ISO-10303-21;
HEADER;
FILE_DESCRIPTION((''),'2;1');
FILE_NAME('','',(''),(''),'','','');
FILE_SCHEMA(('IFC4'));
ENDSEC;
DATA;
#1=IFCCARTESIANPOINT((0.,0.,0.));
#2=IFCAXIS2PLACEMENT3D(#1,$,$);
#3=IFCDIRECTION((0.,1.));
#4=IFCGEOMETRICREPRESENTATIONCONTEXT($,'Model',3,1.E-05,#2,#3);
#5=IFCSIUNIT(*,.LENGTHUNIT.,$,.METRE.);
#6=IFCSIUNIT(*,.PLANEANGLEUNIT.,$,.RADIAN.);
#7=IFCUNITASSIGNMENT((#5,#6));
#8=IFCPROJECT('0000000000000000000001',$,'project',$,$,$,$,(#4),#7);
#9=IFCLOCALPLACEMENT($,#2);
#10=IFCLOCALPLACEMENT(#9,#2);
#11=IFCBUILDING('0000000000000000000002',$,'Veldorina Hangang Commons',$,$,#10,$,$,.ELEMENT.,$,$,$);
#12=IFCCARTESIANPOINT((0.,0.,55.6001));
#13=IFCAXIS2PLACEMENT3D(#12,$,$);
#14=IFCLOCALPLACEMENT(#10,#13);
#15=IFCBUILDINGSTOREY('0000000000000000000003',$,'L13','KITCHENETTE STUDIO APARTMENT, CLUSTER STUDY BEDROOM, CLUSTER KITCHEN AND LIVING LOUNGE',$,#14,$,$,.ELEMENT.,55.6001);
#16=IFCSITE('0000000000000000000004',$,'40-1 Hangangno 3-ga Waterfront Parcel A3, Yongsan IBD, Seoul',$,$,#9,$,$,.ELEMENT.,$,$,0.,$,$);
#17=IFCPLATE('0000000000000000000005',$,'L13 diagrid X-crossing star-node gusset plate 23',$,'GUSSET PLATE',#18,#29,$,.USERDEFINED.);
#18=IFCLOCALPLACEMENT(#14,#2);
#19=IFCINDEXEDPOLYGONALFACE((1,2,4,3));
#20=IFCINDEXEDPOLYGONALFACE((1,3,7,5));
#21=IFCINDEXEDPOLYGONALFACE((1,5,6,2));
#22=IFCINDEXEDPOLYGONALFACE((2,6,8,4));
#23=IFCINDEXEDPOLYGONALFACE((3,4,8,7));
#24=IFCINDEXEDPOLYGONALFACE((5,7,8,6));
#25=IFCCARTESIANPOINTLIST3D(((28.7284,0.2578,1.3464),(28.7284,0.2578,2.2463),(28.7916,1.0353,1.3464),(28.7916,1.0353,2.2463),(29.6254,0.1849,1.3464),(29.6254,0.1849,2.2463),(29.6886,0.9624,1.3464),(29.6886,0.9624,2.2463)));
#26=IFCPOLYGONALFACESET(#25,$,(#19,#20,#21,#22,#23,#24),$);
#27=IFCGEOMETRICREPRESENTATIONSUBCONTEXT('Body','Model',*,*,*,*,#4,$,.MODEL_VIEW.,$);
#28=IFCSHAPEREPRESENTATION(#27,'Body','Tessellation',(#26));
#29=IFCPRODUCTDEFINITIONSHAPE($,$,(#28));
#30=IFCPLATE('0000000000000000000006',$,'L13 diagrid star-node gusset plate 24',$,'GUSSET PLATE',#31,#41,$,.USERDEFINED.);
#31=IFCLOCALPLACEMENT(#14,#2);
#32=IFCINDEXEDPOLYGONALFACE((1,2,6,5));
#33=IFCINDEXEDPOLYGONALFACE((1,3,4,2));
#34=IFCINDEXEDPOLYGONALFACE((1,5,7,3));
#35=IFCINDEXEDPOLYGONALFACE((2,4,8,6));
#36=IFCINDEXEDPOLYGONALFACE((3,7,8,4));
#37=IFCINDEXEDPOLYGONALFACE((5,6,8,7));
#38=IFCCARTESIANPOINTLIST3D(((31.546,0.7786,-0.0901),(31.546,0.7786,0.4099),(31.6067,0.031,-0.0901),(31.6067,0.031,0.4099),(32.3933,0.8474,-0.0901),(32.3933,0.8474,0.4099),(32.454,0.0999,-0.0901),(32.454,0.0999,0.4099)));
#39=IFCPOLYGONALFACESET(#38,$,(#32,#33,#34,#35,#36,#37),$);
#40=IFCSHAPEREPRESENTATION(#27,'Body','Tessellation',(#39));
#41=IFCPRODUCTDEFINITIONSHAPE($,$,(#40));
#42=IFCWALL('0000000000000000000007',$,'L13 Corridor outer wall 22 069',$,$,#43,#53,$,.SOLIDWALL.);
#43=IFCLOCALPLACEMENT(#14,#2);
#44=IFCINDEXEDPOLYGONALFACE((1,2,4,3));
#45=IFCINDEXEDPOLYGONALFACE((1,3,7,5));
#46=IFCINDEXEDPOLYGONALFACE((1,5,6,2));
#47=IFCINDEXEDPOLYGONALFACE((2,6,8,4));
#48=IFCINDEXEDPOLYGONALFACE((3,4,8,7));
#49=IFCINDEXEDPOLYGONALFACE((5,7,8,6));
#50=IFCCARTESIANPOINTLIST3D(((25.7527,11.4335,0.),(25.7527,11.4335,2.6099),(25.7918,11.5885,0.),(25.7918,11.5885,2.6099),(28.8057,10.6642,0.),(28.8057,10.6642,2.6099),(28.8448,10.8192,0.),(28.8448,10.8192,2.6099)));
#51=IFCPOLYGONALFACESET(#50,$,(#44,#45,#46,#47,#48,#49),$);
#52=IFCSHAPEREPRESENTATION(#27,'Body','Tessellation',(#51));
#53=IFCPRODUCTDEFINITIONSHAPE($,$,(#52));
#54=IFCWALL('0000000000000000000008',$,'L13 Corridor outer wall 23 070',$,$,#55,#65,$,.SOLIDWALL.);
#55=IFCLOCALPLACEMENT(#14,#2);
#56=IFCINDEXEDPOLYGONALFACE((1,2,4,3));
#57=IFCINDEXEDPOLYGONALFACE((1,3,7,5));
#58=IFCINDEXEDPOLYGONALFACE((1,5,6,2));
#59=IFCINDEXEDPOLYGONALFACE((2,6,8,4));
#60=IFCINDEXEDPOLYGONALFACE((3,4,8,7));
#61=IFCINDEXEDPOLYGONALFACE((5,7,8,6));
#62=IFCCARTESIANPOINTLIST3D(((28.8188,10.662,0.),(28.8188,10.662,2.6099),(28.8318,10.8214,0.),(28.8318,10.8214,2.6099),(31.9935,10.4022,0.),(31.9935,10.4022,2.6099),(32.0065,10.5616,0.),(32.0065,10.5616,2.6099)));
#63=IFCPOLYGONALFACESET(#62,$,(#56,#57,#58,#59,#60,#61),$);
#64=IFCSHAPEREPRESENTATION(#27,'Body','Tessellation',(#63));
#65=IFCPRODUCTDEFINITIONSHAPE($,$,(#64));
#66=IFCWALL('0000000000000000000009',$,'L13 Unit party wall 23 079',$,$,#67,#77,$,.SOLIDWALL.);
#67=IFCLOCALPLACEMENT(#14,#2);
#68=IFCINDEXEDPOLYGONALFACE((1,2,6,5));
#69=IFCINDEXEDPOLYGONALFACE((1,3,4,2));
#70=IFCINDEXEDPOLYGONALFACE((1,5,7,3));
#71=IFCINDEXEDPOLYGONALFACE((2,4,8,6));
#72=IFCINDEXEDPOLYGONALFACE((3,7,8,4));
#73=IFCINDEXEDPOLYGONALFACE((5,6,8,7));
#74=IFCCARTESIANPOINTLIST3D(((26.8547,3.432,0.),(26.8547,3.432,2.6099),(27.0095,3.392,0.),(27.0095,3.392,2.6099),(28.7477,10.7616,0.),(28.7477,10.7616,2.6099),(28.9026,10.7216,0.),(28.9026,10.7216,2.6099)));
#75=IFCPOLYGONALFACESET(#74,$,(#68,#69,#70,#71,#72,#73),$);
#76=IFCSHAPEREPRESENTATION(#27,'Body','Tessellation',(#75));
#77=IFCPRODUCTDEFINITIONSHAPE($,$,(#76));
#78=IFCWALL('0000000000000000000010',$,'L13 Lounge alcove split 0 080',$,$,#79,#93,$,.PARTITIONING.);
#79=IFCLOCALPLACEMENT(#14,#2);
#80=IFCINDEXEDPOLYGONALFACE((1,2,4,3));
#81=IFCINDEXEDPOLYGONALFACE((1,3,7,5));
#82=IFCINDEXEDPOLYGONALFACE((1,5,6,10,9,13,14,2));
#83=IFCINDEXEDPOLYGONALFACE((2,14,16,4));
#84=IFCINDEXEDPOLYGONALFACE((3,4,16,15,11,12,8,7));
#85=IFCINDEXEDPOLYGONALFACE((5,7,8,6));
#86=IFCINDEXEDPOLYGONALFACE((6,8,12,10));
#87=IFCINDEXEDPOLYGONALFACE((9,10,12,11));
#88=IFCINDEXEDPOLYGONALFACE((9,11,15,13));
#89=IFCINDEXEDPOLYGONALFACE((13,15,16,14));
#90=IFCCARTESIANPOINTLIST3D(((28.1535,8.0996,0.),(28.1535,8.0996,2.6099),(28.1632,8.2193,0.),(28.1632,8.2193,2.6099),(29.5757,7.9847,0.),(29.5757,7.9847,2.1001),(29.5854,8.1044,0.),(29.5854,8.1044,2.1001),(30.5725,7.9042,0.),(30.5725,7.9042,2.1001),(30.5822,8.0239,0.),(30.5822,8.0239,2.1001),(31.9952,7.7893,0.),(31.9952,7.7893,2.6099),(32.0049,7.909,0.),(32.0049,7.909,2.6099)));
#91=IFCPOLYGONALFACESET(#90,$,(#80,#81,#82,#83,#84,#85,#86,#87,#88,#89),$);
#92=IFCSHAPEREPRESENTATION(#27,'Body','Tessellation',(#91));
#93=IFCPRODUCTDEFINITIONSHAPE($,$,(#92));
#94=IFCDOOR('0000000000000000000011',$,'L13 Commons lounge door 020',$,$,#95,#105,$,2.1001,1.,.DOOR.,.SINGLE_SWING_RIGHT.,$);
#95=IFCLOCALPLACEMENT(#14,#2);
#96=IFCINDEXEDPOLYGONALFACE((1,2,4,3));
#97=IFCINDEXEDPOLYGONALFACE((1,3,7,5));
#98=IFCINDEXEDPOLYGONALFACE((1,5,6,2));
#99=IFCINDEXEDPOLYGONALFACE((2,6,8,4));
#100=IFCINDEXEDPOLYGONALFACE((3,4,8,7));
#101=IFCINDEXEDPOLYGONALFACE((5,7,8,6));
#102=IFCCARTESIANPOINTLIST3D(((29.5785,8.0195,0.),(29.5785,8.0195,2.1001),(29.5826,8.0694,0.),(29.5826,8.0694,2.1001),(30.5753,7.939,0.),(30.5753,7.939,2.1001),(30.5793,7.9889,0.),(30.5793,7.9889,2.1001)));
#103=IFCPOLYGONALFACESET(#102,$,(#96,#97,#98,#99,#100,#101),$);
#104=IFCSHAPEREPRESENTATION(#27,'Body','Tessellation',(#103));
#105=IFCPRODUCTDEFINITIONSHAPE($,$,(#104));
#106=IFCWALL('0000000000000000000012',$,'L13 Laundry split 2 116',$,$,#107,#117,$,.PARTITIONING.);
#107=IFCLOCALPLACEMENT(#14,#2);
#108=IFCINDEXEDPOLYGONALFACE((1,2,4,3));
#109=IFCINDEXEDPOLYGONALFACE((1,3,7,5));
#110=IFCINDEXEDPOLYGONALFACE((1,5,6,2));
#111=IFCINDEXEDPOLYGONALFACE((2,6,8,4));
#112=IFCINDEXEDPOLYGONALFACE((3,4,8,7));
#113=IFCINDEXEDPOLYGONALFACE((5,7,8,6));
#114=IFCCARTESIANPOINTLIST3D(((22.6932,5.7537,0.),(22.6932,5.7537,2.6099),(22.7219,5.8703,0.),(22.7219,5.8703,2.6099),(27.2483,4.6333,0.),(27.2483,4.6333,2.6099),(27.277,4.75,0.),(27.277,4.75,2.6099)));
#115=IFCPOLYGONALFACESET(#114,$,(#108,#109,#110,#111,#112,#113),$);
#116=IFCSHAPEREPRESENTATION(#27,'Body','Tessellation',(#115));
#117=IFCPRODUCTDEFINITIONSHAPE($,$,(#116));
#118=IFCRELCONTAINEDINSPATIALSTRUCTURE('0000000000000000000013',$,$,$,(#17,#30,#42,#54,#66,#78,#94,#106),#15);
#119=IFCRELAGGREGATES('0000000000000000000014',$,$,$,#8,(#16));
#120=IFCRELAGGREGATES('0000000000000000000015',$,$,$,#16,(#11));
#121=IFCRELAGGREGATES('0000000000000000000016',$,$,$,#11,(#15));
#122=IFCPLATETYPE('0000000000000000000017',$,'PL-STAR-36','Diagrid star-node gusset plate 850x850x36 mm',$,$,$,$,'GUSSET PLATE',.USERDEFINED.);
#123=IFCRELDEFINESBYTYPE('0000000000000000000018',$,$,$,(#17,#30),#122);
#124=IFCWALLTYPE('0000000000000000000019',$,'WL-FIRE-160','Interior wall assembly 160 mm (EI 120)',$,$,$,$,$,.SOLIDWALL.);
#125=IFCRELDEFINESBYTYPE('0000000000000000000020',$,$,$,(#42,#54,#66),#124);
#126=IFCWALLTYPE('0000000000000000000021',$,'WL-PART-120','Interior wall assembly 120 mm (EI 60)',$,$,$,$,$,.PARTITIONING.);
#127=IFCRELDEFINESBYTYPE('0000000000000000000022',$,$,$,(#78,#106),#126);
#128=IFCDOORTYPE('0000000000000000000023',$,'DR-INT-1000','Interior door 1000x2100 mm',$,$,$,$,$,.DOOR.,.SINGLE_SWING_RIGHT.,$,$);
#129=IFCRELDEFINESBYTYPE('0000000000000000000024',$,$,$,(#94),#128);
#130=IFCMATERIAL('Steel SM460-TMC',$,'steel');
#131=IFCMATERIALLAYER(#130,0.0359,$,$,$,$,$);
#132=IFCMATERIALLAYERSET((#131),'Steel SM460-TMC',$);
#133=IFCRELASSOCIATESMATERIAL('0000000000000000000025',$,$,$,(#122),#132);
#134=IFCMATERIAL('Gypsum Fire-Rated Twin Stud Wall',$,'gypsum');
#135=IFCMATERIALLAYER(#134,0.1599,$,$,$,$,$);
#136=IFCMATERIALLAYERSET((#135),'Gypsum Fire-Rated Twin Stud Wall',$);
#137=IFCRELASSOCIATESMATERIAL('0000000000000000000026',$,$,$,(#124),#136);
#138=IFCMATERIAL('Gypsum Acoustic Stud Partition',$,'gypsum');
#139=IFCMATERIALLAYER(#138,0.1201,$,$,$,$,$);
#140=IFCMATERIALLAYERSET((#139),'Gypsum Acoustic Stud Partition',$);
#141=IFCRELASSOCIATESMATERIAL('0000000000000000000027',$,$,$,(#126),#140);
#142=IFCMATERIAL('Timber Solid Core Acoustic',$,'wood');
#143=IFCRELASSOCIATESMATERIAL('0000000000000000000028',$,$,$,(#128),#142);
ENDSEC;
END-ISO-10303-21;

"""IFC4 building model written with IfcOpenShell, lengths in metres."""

from ifc_helpers import new_model, si_unit, direction, frame, frame_2d, origin, origin_2d, place, context, subcontext, project, spatial, rectangle, extrude, material, layer, layer_set, type_object, element, fill, save


model = new_model("IFC4")

# Units and contexts
model_context = context("Model", 3, precision=1e-05, world=origin(), true_north=direction((0.0, 1.0)))
body_context = subcontext(model_context, "Body", "Model", "MODEL_VIEW")
ifc_project = project(units=[si_unit("LENGTHUNIT", "METRE"), si_unit("PLANEANGLEUNIT", "RADIAN")], contexts=[model_context])

# Site, building, storey
site_placement = place(None, origin())
site = spatial("IfcSite", under=ifc_project, at=site_placement, Name="40-1 Hangangno 3-ga Waterfront Parcel A3, Yongsan IBD, Seoul", CompositionType="ELEMENT", RefElevation=0.0)
building_placement = place(site_placement, origin())
building = spatial("IfcBuilding", under=site, at=building_placement, Name="Veldorina Hangang Commons", CompositionType="ELEMENT")
storey_placement = place(building_placement, frame((0.0, 0.0, 55.6001)))
storey = spatial("IfcBuildingStorey", under=building, at=storey_placement, Name="L13", Description="KITCHENETTE STUDIO APARTMENT, CLUSTER STUDY BEDROOM, CLUSTER KITCHEN AND LIVING LOUNGE", CompositionType="ELEMENT", Elevation=55.6001)

# Shared definitions
ifc_material_1 = material(Name="Steel SM460-TMC", Category="steel")

# Plates
ifc_layer_1 = layer(ifc_material_1, 0.0359)
ifc_layer_set_1 = layer_set([ifc_layer_1], Name="Steel SM460-TMC")
plate_type_1 = type_object("IfcPlateType", Name="PL-STAR-36", Description="Diagrid star-node gusset plate 850x850x36 mm", ElementType="GUSSET PLATE", PredefinedType="USERDEFINED", material=ifc_layer_set_1)
plate_1_placement = place(storey_placement, frame((29.2085, 0.6101, 1.3464), z_axis=(0.0, 0.0, 1.0), x_axis=(0.996716, -0.080982, 0.0)))
element("IfcPlate", 1, at=plate_1_placement, inside=storey, type_object=plate_type_1, Name="L13 diagrid X-crossing star-node gusset plate 23", ObjectType="GUSSET PLATE", PredefinedType="USERDEFINED", context=body_context, shape_type="SweptSolid", body=[
    extrude(rectangle(XDim=0.8999, YDim=0.78, at=origin_2d()), origin(), (0.0, 0.0, 1.0), 0.8999),
])
plate_2_placement = place(storey_placement, frame((32.0, 0.4392, -0.0901), z_axis=(0.0, 0.0, 1.0), x_axis=(0.996716, 0.080982, 0.0)))
element("IfcPlate", 2, at=plate_2_placement, inside=storey, type_object=plate_type_1, Name="L13 diagrid star-node gusset plate 24", ObjectType="GUSSET PLATE", PredefinedType="USERDEFINED", context=body_context, shape_type="SweptSolid", body=[
    extrude(rectangle(XDim=0.8501, YDim=0.75, at=origin_2d()), origin(), (0.0, 0.0, 1.0), 0.5),
])

# Walls
ifc_material_2 = material(Name="Gypsum Fire-Rated Twin Stud Wall", Category="gypsum")
ifc_layer_2 = layer(ifc_material_2, 0.1599)
ifc_layer_set_2 = layer_set([ifc_layer_2], Name="Gypsum Fire-Rated Twin Stud Wall")
wall_type_1 = type_object("IfcWallType", Name="WL-FIRE-160", Description="Interior wall assembly 160 mm (EI 120)", PredefinedType="SOLIDWALL", material=ifc_layer_set_2)
wall_1_placement = place(storey_placement, frame((25.7722, 11.511, 0.0), z_axis=(0.0, 0.0, 1.0), x_axis=(0.969689, -0.244342, 0.0)))
element("IfcWall", 3, at=wall_1_placement, inside=storey, type_object=wall_type_1, Name="L13 Corridor outer wall 22 069", PredefinedType="SOLIDWALL", context=body_context, shape_type="SweptSolid", body=[
    extrude(rectangle(XDim=3.1484, YDim=0.1599, at=frame_2d((1.5742, 0.0))), origin(), (0.0, 0.0, 1.0), 2.6099),
])
wall_2_placement = place(storey_placement, frame((28.8252, 10.7417, 0.0), z_axis=(0.0, 0.0, 1.0), x_axis=(0.996669, -0.081548, 0.0)))
element("IfcWall", 4, at=wall_2_placement, inside=storey, type_object=wall_type_1, Name="L13 Corridor outer wall 23 070", PredefinedType="SOLIDWALL", context=body_context, shape_type="SweptSolid", body=[
    extrude(rectangle(XDim=3.1853, YDim=0.1599, at=frame_2d((1.5928, 0.0))), origin(), (0.0, 0.0, 1.0), 2.6099),
])
wall_3_placement = place(storey_placement, frame((28.8252, 10.7417, 0.0), z_axis=(0.0, 0.0, 1.0), x_axis=(-0.250071, -0.968227, 0.0)))
element("IfcWall", 5, at=wall_3_placement, inside=storey, type_object=wall_type_1, Name="L13 Unit party wall 23 079", PredefinedType="SOLIDWALL", context=body_context, shape_type="SweptSolid", body=[
    extrude(rectangle(XDim=7.5701, YDim=0.1599, at=frame_2d((3.7852, 0.0))), origin(), (0.0, 0.0, 1.0), 2.6099),
])

# Wall, opening, door
ifc_material_3 = material(Name="Gypsum Acoustic Stud Partition", Category="gypsum")
ifc_layer_3 = layer(ifc_material_3, 0.1201)
ifc_layer_set_3 = layer_set([ifc_layer_3], Name="Gypsum Acoustic Stud Partition")
wall_type_2 = type_object("IfcWallType", Name="WL-PART-120", Description="Interior wall assembly 120 mm (EI 60)", PredefinedType="PARTITIONING", material=ifc_layer_set_3)
wall_4_placement = place(storey_placement, frame((28.1582, 8.1594, 0.0), z_axis=(0.0, 0.0, 1.0), x_axis=(0.996754, -0.080508, 0.0)))
wall_4 = element("IfcWall", 6, at=wall_4_placement, inside=storey, type_object=wall_type_2, Name="L13 Lounge alcove split 0 080", PredefinedType="PARTITIONING", context=body_context, shape_type="SweptSolid", body=[
    extrude(rectangle(XDim=3.8542, YDim=0.1201, at=frame_2d((1.9272, 0.0))), origin(), (0.0, 0.0, 1.0), 2.6099),
])
opening_placement = place(wall_4_placement, frame((1.427, 0.0, 0.0)))
opening = element("IfcOpeningElement", 7, at=opening_placement, cuts=wall_4, PredefinedType="OPENING", context=body_context, shape_type="SweptSolid", body=[
    extrude(rectangle(XDim=1.0, YDim=2.1001, at=frame_2d((0.5, 1.05))), frame((0.0, 0.0701, 0.0), z_axis=(0.0, -1.0, 0.0), x_axis=(1.0, 0.0, 0.0)), (0.0, 0.0, 1.0), 0.1401),
])
ifc_material_4 = material(Name="Timber Solid Core Acoustic", Category="wood")
door_type = type_object("IfcDoorType", Name="DR-INT-1000", Description="Interior door 1000x2100 mm", OperationType="SINGLE_SWING_RIGHT", PredefinedType="DOOR", material=ifc_material_4)
door_placement = place(opening_placement, origin())
door = element("IfcDoor", 8, at=door_placement, inside=storey, type_object=door_type, Name="L13 Commons lounge door 020", OperationType="SINGLE_SWING_RIGHT", OverallHeight=2.1001, OverallWidth=1.0, PredefinedType="DOOR", context=body_context, shape_type="SweptSolid", body=[
    extrude(rectangle(XDim=1.0, YDim=2.1001, at=frame_2d((0.5, 1.05))), frame((0.0, 0.0249, 0.0), z_axis=(0.0, -1.0, 0.0), x_axis=(1.0, 0.0, 0.0)), (0.0, 0.0, 1.0), 0.05),
])
fill(opening, door)

# Wall
wall_5_placement = place(storey_placement, frame((22.7075, 5.812, 0.0), z_axis=(0.0, 0.0, 1.0), x_axis=(0.97106, -0.238836, 0.0)))
element("IfcWall", 9, at=wall_5_placement, inside=storey, type_object=wall_type_2, Name="L13 Laundry split 2 116", PredefinedType="PARTITIONING", context=body_context, shape_type="SweptSolid", body=[
    extrude(rectangle(XDim=4.6909, YDim=0.1201, at=frame_2d((2.3455, 0.0))), origin(), (0.0, 0.0, 1.0), 2.6099),
])

save(model, "model.ifc")
